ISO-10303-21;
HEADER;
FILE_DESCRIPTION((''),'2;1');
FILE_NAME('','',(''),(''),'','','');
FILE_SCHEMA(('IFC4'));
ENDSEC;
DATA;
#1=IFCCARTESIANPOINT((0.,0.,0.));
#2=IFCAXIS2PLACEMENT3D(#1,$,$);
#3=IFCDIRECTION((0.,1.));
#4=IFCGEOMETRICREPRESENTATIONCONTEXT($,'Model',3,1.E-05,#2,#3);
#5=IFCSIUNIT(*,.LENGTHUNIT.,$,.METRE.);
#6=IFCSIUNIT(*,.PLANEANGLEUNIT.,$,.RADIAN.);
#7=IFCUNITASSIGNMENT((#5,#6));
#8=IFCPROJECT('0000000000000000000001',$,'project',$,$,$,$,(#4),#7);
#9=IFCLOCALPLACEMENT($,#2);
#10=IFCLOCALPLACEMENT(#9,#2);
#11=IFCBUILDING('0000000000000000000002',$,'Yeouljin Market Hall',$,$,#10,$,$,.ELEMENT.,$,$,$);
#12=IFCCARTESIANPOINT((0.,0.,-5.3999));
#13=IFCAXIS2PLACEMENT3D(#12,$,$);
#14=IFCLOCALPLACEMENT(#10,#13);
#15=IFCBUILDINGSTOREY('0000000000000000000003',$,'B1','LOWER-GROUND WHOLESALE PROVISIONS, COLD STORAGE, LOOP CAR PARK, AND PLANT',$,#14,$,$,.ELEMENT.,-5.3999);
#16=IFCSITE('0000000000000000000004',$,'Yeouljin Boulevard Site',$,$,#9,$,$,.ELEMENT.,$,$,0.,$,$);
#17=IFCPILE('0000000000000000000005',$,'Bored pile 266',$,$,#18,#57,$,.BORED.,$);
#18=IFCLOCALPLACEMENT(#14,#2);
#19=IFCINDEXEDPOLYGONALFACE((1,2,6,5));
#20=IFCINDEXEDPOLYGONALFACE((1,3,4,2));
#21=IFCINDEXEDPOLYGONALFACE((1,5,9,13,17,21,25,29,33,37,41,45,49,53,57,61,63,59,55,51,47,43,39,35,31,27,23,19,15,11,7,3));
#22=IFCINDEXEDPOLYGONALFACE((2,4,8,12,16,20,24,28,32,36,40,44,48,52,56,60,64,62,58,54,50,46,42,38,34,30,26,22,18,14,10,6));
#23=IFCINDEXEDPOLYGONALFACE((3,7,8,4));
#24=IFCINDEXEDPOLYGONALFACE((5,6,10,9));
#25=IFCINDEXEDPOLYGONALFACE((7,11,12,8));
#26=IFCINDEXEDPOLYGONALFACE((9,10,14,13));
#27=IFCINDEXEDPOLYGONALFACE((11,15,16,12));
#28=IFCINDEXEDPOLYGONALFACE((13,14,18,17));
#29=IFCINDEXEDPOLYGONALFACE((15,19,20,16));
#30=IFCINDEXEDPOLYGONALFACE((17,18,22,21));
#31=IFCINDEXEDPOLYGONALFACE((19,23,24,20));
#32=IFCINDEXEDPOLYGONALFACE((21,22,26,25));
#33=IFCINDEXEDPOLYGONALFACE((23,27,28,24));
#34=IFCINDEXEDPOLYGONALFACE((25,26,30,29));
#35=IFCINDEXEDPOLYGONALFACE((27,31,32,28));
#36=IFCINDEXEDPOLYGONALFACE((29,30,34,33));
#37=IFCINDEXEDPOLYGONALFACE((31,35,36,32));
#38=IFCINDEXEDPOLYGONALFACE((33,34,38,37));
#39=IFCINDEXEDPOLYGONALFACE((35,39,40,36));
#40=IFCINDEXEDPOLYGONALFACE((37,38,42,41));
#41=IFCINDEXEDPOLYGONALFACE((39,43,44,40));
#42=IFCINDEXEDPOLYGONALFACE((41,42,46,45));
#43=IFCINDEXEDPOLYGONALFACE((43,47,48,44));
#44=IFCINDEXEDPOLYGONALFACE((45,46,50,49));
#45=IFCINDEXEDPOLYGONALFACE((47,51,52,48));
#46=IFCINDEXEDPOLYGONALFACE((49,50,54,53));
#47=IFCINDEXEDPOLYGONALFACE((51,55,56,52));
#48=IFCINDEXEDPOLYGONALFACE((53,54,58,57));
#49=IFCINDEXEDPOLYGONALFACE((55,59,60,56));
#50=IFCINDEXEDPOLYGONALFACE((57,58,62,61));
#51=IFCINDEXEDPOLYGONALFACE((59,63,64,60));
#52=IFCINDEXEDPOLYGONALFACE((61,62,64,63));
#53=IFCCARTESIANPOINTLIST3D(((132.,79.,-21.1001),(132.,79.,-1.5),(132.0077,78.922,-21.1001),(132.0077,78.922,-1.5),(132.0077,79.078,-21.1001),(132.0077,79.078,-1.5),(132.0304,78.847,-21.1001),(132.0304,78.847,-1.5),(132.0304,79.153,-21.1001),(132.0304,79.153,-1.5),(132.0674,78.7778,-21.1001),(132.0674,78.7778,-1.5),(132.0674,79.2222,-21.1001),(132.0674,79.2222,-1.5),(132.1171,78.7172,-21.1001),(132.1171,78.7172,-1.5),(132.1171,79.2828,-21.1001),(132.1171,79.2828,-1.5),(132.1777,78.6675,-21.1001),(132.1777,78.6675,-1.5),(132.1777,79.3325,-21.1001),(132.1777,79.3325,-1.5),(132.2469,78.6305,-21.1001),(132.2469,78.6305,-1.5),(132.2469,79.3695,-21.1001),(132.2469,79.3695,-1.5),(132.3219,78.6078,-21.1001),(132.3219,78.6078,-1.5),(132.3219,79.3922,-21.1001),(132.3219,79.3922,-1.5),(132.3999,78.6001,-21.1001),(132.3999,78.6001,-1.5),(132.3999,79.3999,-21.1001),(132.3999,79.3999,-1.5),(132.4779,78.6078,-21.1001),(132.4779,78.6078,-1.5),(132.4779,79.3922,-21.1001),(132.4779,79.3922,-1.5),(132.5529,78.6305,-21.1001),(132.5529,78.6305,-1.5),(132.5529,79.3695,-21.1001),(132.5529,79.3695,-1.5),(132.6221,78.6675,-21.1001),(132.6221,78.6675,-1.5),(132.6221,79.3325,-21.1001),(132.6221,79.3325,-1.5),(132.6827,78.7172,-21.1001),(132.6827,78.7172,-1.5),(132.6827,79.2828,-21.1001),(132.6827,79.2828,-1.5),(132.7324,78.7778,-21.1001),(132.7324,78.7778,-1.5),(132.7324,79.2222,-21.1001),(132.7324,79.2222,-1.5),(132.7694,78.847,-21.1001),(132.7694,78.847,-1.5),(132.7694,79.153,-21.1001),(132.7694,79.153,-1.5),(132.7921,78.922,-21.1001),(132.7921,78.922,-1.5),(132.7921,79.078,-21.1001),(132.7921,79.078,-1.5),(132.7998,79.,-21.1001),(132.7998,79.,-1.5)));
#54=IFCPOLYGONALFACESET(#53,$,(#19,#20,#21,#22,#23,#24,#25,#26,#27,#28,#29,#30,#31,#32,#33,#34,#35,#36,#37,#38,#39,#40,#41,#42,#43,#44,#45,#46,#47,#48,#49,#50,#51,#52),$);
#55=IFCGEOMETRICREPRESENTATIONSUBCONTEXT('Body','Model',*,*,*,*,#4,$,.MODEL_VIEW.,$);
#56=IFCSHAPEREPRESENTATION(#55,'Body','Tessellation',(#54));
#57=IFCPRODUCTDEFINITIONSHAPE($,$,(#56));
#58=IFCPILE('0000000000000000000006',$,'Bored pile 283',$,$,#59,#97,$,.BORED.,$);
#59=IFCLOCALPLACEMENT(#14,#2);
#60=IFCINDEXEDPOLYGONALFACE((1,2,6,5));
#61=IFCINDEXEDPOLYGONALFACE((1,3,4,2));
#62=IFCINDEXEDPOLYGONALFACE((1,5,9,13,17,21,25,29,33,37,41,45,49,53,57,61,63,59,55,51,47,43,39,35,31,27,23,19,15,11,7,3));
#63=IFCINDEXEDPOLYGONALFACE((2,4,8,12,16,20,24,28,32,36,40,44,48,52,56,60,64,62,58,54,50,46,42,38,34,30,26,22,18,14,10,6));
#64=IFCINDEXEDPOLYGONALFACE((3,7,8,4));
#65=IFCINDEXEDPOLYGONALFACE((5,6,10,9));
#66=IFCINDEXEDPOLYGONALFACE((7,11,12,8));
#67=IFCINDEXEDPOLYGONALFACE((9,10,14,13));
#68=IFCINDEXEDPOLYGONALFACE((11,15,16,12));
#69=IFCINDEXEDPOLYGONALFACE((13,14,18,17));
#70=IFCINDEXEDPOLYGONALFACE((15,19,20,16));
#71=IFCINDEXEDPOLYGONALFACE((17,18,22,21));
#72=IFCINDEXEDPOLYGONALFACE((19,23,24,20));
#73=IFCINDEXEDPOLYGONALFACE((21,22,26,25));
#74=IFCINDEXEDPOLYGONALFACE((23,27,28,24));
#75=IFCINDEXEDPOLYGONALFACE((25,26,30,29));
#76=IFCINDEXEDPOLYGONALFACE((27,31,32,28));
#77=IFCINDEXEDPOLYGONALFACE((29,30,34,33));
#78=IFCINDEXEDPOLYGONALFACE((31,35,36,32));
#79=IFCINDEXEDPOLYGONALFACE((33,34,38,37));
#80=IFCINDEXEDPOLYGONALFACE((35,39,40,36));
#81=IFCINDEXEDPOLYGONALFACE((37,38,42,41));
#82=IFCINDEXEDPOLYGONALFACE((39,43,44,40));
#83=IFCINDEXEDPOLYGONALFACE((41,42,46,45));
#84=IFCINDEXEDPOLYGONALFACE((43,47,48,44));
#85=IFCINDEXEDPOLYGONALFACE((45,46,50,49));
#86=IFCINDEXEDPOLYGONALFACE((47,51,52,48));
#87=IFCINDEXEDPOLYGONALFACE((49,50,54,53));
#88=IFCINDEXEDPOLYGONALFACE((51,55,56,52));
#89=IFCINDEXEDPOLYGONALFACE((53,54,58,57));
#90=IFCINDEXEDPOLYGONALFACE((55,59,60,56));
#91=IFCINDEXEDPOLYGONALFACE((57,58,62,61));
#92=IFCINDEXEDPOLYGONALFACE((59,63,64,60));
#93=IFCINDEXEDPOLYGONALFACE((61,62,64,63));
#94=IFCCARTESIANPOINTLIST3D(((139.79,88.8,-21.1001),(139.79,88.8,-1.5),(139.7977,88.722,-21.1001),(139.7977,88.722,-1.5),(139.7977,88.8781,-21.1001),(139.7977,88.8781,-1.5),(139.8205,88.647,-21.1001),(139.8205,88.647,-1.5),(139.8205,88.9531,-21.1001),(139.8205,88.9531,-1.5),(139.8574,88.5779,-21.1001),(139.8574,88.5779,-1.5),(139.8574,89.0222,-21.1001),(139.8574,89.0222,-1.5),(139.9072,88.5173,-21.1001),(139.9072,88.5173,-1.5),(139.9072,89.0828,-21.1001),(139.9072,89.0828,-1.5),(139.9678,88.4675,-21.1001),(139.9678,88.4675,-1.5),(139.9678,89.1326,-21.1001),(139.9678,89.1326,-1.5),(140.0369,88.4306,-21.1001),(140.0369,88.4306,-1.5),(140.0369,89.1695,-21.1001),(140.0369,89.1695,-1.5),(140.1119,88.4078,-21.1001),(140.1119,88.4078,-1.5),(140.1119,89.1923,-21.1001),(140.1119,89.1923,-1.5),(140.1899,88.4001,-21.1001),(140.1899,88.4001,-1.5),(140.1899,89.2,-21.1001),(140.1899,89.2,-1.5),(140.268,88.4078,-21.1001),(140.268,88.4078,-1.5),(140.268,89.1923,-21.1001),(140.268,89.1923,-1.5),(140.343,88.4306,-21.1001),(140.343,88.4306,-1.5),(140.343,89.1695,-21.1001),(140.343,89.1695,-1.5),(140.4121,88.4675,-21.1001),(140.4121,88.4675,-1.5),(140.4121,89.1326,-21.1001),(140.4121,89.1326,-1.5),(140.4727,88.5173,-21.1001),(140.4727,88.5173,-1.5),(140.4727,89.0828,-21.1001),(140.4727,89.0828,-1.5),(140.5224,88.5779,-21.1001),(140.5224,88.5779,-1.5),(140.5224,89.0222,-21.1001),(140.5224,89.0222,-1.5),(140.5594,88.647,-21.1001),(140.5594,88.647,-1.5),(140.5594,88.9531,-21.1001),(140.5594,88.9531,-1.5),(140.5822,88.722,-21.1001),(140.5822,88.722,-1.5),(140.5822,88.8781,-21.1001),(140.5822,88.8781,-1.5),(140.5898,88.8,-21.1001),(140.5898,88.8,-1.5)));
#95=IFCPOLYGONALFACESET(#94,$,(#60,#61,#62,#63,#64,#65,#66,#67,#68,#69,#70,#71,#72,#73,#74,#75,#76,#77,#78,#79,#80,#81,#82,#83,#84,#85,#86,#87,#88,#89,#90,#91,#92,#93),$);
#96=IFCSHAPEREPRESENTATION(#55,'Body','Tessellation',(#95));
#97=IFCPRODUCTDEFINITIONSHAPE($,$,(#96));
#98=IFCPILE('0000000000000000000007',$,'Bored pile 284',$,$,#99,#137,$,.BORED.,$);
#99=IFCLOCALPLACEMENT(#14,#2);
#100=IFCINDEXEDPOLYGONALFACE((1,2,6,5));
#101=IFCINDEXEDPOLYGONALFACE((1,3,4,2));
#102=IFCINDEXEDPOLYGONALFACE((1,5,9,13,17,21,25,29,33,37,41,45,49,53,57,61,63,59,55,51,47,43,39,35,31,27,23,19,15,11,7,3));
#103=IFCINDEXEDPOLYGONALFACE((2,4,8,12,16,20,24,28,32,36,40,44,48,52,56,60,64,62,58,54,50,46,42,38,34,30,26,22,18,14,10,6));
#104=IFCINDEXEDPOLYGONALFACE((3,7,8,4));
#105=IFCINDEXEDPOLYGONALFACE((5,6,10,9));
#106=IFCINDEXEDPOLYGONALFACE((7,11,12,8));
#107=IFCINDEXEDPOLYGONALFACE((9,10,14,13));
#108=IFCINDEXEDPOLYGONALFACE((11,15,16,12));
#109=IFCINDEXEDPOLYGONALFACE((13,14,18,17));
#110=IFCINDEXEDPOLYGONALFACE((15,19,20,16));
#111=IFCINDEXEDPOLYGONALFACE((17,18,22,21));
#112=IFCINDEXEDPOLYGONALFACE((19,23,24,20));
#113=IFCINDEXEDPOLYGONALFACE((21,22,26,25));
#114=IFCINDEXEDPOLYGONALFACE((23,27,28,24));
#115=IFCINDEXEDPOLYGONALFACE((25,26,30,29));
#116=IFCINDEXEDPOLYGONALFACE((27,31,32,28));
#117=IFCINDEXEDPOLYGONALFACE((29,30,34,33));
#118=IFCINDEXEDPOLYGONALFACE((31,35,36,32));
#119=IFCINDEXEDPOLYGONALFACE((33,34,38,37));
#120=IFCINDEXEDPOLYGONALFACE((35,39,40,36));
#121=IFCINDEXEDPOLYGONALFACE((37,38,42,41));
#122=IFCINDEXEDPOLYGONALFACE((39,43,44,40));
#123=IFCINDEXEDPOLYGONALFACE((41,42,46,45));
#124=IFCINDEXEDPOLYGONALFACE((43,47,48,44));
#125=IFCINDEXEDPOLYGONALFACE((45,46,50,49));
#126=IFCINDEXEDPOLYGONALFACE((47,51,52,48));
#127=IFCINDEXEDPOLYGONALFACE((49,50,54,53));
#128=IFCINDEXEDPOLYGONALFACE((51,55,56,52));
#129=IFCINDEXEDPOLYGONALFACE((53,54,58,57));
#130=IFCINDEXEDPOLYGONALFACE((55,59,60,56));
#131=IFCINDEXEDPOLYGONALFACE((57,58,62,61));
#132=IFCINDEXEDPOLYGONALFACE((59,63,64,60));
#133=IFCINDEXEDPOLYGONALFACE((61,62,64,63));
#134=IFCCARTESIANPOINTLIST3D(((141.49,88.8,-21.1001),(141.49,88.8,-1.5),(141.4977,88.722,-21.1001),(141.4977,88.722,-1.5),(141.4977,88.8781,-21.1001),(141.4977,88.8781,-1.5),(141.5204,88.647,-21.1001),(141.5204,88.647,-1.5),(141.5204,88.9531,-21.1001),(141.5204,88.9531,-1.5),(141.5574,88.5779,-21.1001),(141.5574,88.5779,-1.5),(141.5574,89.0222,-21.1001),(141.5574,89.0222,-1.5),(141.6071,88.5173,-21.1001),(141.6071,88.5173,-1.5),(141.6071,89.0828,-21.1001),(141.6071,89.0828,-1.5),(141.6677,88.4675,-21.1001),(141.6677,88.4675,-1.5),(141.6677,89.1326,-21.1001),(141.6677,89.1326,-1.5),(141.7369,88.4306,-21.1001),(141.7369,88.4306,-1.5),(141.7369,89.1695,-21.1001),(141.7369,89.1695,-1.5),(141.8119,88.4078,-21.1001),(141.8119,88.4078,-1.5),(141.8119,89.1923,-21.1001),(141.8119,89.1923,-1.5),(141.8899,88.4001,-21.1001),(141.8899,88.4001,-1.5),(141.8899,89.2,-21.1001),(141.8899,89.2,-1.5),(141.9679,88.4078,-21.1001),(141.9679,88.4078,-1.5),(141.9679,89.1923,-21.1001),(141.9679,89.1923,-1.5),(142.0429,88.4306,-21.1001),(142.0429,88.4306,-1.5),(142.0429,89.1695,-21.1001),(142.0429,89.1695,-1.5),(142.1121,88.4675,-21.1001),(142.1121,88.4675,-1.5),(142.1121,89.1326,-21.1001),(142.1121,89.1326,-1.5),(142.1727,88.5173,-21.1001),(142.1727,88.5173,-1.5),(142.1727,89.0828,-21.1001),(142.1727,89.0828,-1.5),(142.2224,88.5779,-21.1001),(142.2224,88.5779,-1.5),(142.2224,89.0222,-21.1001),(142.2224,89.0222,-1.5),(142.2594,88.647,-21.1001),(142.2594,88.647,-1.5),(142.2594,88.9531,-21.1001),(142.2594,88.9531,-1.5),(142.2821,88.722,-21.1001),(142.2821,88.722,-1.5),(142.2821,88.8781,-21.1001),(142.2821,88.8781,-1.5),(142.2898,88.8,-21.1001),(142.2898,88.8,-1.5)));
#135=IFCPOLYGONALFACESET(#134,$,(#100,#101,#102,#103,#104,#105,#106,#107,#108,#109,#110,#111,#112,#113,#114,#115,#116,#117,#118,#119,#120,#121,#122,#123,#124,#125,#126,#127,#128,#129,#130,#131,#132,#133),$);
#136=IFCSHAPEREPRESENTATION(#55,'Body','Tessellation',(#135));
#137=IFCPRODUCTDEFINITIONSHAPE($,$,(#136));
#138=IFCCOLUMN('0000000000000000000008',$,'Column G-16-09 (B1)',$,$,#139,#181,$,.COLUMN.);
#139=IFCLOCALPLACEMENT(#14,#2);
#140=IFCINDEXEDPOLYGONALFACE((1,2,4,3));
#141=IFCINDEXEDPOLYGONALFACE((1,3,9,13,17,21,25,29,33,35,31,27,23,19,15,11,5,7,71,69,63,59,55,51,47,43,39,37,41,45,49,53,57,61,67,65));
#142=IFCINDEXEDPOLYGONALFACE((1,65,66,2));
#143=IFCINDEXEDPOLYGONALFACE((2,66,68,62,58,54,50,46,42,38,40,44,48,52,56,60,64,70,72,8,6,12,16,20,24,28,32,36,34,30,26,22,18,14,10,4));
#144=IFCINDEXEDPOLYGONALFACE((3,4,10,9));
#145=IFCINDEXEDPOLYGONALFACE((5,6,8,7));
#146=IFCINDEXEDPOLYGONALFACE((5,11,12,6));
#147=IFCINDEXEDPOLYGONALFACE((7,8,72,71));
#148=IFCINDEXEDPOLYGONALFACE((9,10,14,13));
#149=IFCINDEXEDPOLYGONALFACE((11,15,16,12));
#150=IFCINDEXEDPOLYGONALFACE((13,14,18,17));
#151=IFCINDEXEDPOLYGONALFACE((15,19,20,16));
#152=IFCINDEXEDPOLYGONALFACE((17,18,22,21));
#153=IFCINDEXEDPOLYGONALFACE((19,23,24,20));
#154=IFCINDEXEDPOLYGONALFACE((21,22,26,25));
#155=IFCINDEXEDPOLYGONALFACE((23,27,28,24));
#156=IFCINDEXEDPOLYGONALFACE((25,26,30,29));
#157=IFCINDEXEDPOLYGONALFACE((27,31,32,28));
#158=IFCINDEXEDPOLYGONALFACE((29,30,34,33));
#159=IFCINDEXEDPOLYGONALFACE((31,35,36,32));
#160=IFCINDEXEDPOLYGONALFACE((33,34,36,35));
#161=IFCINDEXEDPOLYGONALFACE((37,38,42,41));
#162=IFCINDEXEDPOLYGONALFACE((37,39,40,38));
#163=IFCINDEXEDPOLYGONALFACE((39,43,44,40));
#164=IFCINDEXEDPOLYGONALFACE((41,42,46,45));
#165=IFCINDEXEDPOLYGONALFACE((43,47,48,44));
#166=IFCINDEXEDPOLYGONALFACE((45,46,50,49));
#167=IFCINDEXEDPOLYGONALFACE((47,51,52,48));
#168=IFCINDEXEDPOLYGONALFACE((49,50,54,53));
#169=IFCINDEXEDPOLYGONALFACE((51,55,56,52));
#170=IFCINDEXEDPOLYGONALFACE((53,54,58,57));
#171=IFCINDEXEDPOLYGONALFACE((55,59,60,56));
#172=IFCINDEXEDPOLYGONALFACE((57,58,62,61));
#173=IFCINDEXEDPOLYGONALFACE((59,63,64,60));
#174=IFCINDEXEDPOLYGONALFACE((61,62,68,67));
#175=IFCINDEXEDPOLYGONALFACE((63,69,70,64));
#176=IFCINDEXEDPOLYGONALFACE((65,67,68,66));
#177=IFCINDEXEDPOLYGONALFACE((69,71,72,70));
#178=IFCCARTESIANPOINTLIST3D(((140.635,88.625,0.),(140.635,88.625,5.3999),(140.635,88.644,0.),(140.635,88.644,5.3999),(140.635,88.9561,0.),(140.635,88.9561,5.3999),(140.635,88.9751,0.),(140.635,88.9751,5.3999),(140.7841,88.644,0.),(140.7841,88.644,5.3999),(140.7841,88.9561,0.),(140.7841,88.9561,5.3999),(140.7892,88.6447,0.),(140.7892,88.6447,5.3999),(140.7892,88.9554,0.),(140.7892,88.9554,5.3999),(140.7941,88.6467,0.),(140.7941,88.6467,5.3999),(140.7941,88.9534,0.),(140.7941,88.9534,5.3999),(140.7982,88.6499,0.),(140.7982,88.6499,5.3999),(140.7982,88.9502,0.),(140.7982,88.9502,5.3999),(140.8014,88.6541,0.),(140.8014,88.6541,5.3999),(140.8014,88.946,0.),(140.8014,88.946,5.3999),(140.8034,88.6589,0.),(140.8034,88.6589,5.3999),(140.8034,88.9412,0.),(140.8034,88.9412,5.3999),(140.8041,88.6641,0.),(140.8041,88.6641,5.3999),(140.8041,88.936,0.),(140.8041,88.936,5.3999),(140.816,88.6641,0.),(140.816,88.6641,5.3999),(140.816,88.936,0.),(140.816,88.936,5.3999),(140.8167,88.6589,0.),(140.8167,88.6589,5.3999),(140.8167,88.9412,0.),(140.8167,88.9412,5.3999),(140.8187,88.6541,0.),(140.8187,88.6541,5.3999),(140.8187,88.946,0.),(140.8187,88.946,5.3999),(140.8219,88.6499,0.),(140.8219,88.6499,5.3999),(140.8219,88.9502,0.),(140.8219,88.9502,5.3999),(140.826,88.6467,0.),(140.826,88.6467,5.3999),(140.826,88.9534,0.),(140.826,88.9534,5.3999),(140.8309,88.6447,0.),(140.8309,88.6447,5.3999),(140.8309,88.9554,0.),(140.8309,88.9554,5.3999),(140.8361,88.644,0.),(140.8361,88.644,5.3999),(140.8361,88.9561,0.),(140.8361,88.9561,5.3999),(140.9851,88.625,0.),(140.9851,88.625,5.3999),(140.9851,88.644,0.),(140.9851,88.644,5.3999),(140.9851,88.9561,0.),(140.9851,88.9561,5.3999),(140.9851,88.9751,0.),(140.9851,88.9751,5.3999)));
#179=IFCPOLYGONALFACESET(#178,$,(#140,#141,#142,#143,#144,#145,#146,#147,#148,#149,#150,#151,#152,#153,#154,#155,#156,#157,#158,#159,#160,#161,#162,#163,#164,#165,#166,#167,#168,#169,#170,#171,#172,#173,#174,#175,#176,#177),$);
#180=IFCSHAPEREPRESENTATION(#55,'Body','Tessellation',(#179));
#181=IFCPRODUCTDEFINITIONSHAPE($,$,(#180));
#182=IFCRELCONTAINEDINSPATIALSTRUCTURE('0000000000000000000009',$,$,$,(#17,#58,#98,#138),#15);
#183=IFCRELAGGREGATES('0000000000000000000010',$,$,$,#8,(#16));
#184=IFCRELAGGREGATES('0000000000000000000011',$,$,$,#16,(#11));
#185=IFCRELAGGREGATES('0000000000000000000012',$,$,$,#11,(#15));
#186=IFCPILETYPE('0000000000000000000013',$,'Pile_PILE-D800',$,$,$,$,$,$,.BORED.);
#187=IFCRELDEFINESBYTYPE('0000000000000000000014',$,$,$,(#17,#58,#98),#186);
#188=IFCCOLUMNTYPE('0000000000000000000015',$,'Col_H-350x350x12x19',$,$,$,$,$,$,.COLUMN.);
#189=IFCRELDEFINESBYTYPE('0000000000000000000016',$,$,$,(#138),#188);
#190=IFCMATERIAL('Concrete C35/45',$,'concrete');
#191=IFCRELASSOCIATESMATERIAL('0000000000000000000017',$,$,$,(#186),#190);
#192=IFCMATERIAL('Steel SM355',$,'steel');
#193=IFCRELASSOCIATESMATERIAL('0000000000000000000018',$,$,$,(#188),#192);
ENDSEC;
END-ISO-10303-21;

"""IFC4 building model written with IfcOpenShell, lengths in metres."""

from ifc_helpers import new_model, si_unit, direction, frame, origin, origin_2d, place, context, subcontext, project, spatial, circle, i_section, extrude, material, material_profile, profile_set, type_object, element, save


model = new_model("IFC4")

# Units and contexts
model_context = context("Model", 3, precision=1e-05, world=origin(), true_north=direction((0.0, 1.0)))
body_context = subcontext(model_context, "Body", "Model", "MODEL_VIEW")
ifc_project = project(units=[si_unit("LENGTHUNIT", "METRE"), si_unit("PLANEANGLEUNIT", "RADIAN")], contexts=[model_context])

# Site, building, storey
site_placement = place(None, origin())
site = spatial("IfcSite", under=ifc_project, at=site_placement, Name="Yeouljin Boulevard Site", CompositionType="ELEMENT", RefElevation=0.0)
building_placement = place(site_placement, origin())
building = spatial("IfcBuilding", under=site, at=building_placement, Name="Yeouljin Market Hall", CompositionType="ELEMENT")
storey_placement = place(building_placement, frame((0.0, 0.0, -5.3999)))
storey = spatial("IfcBuildingStorey", under=building, at=storey_placement, Name="B1", Description="LOWER-GROUND WHOLESALE PROVISIONS, COLD STORAGE, LOOP CAR PARK, AND PLANT", CompositionType="ELEMENT", Elevation=-5.3999)

# Piles
ifc_material_1 = material(Name="Concrete C35/45", Category="concrete")
ifc_material_profile_1 = material_profile(ifc_material_1, circle(Radius=0.3999, at=origin_2d()), Name="PILE-D800")
ifc_profile_set_1 = profile_set([ifc_material_profile_1], Name="Concrete C35/45")
pile_type_1 = type_object("IfcPileType", Name="Pile_PILE-D800", PredefinedType="BORED", material=ifc_profile_set_1)
for number, where, z_axis, x_axis, name in (
    (1, (132.3999, 79.0, -1.5), (0.0, 0.0, -1.0), (1.0, 0.0, 0.0), "Bored pile 266"),
    (2, (140.1899, 88.8, -1.5), (0.0, 0.0, -1.0), (1.0, 0.0, 0.0), "Bored pile 283"),
    (3, (141.8899, 88.8, -1.5), (0.0, 0.0, -1.0), (1.0, 0.0, 0.0), "Bored pile 284"),
):
    element("IfcPile", number, at=place(storey_placement, frame(where, z_axis=z_axis, x_axis=x_axis)), inside=storey, type_object=pile_type_1, Name=name, PredefinedType="BORED", context=body_context, shape_type="SweptSolid", body=[
        extrude(circle(Radius=0.3999, at=origin_2d()), origin(), (0.0, 0.0, 1.0), 19.6001),
    ])

# Column
ifc_material_2 = material(Name="Steel SM355", Category="steel")
ifc_material_profile_2 = material_profile(ifc_material_2, i_section(OverallWidth=0.3501, OverallDepth=0.3501, WebThickness=0.012, FlangeThickness=0.019, FilletRadius=0.02, at=origin_2d()), Name="H-350x350x12x19")
ifc_profile_set_2 = profile_set([ifc_material_profile_2], Name="Steel SM355")
column_type_1 = type_object("IfcColumnType", Name="Col_H-350x350x12x19", PredefinedType="COLUMN", material=ifc_profile_set_2)
for number, where, z_axis, x_axis, name in (
    (4, (140.8101, 88.8, 0.0), (0.0, 0.0, 1.0), (1.0, 0.0, 0.0), "Column G-16-09 (B1)"),
):
    element("IfcColumn", number, at=place(storey_placement, frame(where, z_axis=z_axis, x_axis=x_axis)), inside=storey, type_object=column_type_1, Name=name, PredefinedType="COLUMN", context=body_context, shape_type="SweptSolid", body=[
        extrude(i_section(OverallWidth=0.3501, OverallDepth=0.3501, WebThickness=0.012, FlangeThickness=0.019, FilletRadius=0.02, at=origin_2d()), origin(), (0.0, 0.0, 1.0), 5.3999),
    ])

save(model, "model.ifc")
